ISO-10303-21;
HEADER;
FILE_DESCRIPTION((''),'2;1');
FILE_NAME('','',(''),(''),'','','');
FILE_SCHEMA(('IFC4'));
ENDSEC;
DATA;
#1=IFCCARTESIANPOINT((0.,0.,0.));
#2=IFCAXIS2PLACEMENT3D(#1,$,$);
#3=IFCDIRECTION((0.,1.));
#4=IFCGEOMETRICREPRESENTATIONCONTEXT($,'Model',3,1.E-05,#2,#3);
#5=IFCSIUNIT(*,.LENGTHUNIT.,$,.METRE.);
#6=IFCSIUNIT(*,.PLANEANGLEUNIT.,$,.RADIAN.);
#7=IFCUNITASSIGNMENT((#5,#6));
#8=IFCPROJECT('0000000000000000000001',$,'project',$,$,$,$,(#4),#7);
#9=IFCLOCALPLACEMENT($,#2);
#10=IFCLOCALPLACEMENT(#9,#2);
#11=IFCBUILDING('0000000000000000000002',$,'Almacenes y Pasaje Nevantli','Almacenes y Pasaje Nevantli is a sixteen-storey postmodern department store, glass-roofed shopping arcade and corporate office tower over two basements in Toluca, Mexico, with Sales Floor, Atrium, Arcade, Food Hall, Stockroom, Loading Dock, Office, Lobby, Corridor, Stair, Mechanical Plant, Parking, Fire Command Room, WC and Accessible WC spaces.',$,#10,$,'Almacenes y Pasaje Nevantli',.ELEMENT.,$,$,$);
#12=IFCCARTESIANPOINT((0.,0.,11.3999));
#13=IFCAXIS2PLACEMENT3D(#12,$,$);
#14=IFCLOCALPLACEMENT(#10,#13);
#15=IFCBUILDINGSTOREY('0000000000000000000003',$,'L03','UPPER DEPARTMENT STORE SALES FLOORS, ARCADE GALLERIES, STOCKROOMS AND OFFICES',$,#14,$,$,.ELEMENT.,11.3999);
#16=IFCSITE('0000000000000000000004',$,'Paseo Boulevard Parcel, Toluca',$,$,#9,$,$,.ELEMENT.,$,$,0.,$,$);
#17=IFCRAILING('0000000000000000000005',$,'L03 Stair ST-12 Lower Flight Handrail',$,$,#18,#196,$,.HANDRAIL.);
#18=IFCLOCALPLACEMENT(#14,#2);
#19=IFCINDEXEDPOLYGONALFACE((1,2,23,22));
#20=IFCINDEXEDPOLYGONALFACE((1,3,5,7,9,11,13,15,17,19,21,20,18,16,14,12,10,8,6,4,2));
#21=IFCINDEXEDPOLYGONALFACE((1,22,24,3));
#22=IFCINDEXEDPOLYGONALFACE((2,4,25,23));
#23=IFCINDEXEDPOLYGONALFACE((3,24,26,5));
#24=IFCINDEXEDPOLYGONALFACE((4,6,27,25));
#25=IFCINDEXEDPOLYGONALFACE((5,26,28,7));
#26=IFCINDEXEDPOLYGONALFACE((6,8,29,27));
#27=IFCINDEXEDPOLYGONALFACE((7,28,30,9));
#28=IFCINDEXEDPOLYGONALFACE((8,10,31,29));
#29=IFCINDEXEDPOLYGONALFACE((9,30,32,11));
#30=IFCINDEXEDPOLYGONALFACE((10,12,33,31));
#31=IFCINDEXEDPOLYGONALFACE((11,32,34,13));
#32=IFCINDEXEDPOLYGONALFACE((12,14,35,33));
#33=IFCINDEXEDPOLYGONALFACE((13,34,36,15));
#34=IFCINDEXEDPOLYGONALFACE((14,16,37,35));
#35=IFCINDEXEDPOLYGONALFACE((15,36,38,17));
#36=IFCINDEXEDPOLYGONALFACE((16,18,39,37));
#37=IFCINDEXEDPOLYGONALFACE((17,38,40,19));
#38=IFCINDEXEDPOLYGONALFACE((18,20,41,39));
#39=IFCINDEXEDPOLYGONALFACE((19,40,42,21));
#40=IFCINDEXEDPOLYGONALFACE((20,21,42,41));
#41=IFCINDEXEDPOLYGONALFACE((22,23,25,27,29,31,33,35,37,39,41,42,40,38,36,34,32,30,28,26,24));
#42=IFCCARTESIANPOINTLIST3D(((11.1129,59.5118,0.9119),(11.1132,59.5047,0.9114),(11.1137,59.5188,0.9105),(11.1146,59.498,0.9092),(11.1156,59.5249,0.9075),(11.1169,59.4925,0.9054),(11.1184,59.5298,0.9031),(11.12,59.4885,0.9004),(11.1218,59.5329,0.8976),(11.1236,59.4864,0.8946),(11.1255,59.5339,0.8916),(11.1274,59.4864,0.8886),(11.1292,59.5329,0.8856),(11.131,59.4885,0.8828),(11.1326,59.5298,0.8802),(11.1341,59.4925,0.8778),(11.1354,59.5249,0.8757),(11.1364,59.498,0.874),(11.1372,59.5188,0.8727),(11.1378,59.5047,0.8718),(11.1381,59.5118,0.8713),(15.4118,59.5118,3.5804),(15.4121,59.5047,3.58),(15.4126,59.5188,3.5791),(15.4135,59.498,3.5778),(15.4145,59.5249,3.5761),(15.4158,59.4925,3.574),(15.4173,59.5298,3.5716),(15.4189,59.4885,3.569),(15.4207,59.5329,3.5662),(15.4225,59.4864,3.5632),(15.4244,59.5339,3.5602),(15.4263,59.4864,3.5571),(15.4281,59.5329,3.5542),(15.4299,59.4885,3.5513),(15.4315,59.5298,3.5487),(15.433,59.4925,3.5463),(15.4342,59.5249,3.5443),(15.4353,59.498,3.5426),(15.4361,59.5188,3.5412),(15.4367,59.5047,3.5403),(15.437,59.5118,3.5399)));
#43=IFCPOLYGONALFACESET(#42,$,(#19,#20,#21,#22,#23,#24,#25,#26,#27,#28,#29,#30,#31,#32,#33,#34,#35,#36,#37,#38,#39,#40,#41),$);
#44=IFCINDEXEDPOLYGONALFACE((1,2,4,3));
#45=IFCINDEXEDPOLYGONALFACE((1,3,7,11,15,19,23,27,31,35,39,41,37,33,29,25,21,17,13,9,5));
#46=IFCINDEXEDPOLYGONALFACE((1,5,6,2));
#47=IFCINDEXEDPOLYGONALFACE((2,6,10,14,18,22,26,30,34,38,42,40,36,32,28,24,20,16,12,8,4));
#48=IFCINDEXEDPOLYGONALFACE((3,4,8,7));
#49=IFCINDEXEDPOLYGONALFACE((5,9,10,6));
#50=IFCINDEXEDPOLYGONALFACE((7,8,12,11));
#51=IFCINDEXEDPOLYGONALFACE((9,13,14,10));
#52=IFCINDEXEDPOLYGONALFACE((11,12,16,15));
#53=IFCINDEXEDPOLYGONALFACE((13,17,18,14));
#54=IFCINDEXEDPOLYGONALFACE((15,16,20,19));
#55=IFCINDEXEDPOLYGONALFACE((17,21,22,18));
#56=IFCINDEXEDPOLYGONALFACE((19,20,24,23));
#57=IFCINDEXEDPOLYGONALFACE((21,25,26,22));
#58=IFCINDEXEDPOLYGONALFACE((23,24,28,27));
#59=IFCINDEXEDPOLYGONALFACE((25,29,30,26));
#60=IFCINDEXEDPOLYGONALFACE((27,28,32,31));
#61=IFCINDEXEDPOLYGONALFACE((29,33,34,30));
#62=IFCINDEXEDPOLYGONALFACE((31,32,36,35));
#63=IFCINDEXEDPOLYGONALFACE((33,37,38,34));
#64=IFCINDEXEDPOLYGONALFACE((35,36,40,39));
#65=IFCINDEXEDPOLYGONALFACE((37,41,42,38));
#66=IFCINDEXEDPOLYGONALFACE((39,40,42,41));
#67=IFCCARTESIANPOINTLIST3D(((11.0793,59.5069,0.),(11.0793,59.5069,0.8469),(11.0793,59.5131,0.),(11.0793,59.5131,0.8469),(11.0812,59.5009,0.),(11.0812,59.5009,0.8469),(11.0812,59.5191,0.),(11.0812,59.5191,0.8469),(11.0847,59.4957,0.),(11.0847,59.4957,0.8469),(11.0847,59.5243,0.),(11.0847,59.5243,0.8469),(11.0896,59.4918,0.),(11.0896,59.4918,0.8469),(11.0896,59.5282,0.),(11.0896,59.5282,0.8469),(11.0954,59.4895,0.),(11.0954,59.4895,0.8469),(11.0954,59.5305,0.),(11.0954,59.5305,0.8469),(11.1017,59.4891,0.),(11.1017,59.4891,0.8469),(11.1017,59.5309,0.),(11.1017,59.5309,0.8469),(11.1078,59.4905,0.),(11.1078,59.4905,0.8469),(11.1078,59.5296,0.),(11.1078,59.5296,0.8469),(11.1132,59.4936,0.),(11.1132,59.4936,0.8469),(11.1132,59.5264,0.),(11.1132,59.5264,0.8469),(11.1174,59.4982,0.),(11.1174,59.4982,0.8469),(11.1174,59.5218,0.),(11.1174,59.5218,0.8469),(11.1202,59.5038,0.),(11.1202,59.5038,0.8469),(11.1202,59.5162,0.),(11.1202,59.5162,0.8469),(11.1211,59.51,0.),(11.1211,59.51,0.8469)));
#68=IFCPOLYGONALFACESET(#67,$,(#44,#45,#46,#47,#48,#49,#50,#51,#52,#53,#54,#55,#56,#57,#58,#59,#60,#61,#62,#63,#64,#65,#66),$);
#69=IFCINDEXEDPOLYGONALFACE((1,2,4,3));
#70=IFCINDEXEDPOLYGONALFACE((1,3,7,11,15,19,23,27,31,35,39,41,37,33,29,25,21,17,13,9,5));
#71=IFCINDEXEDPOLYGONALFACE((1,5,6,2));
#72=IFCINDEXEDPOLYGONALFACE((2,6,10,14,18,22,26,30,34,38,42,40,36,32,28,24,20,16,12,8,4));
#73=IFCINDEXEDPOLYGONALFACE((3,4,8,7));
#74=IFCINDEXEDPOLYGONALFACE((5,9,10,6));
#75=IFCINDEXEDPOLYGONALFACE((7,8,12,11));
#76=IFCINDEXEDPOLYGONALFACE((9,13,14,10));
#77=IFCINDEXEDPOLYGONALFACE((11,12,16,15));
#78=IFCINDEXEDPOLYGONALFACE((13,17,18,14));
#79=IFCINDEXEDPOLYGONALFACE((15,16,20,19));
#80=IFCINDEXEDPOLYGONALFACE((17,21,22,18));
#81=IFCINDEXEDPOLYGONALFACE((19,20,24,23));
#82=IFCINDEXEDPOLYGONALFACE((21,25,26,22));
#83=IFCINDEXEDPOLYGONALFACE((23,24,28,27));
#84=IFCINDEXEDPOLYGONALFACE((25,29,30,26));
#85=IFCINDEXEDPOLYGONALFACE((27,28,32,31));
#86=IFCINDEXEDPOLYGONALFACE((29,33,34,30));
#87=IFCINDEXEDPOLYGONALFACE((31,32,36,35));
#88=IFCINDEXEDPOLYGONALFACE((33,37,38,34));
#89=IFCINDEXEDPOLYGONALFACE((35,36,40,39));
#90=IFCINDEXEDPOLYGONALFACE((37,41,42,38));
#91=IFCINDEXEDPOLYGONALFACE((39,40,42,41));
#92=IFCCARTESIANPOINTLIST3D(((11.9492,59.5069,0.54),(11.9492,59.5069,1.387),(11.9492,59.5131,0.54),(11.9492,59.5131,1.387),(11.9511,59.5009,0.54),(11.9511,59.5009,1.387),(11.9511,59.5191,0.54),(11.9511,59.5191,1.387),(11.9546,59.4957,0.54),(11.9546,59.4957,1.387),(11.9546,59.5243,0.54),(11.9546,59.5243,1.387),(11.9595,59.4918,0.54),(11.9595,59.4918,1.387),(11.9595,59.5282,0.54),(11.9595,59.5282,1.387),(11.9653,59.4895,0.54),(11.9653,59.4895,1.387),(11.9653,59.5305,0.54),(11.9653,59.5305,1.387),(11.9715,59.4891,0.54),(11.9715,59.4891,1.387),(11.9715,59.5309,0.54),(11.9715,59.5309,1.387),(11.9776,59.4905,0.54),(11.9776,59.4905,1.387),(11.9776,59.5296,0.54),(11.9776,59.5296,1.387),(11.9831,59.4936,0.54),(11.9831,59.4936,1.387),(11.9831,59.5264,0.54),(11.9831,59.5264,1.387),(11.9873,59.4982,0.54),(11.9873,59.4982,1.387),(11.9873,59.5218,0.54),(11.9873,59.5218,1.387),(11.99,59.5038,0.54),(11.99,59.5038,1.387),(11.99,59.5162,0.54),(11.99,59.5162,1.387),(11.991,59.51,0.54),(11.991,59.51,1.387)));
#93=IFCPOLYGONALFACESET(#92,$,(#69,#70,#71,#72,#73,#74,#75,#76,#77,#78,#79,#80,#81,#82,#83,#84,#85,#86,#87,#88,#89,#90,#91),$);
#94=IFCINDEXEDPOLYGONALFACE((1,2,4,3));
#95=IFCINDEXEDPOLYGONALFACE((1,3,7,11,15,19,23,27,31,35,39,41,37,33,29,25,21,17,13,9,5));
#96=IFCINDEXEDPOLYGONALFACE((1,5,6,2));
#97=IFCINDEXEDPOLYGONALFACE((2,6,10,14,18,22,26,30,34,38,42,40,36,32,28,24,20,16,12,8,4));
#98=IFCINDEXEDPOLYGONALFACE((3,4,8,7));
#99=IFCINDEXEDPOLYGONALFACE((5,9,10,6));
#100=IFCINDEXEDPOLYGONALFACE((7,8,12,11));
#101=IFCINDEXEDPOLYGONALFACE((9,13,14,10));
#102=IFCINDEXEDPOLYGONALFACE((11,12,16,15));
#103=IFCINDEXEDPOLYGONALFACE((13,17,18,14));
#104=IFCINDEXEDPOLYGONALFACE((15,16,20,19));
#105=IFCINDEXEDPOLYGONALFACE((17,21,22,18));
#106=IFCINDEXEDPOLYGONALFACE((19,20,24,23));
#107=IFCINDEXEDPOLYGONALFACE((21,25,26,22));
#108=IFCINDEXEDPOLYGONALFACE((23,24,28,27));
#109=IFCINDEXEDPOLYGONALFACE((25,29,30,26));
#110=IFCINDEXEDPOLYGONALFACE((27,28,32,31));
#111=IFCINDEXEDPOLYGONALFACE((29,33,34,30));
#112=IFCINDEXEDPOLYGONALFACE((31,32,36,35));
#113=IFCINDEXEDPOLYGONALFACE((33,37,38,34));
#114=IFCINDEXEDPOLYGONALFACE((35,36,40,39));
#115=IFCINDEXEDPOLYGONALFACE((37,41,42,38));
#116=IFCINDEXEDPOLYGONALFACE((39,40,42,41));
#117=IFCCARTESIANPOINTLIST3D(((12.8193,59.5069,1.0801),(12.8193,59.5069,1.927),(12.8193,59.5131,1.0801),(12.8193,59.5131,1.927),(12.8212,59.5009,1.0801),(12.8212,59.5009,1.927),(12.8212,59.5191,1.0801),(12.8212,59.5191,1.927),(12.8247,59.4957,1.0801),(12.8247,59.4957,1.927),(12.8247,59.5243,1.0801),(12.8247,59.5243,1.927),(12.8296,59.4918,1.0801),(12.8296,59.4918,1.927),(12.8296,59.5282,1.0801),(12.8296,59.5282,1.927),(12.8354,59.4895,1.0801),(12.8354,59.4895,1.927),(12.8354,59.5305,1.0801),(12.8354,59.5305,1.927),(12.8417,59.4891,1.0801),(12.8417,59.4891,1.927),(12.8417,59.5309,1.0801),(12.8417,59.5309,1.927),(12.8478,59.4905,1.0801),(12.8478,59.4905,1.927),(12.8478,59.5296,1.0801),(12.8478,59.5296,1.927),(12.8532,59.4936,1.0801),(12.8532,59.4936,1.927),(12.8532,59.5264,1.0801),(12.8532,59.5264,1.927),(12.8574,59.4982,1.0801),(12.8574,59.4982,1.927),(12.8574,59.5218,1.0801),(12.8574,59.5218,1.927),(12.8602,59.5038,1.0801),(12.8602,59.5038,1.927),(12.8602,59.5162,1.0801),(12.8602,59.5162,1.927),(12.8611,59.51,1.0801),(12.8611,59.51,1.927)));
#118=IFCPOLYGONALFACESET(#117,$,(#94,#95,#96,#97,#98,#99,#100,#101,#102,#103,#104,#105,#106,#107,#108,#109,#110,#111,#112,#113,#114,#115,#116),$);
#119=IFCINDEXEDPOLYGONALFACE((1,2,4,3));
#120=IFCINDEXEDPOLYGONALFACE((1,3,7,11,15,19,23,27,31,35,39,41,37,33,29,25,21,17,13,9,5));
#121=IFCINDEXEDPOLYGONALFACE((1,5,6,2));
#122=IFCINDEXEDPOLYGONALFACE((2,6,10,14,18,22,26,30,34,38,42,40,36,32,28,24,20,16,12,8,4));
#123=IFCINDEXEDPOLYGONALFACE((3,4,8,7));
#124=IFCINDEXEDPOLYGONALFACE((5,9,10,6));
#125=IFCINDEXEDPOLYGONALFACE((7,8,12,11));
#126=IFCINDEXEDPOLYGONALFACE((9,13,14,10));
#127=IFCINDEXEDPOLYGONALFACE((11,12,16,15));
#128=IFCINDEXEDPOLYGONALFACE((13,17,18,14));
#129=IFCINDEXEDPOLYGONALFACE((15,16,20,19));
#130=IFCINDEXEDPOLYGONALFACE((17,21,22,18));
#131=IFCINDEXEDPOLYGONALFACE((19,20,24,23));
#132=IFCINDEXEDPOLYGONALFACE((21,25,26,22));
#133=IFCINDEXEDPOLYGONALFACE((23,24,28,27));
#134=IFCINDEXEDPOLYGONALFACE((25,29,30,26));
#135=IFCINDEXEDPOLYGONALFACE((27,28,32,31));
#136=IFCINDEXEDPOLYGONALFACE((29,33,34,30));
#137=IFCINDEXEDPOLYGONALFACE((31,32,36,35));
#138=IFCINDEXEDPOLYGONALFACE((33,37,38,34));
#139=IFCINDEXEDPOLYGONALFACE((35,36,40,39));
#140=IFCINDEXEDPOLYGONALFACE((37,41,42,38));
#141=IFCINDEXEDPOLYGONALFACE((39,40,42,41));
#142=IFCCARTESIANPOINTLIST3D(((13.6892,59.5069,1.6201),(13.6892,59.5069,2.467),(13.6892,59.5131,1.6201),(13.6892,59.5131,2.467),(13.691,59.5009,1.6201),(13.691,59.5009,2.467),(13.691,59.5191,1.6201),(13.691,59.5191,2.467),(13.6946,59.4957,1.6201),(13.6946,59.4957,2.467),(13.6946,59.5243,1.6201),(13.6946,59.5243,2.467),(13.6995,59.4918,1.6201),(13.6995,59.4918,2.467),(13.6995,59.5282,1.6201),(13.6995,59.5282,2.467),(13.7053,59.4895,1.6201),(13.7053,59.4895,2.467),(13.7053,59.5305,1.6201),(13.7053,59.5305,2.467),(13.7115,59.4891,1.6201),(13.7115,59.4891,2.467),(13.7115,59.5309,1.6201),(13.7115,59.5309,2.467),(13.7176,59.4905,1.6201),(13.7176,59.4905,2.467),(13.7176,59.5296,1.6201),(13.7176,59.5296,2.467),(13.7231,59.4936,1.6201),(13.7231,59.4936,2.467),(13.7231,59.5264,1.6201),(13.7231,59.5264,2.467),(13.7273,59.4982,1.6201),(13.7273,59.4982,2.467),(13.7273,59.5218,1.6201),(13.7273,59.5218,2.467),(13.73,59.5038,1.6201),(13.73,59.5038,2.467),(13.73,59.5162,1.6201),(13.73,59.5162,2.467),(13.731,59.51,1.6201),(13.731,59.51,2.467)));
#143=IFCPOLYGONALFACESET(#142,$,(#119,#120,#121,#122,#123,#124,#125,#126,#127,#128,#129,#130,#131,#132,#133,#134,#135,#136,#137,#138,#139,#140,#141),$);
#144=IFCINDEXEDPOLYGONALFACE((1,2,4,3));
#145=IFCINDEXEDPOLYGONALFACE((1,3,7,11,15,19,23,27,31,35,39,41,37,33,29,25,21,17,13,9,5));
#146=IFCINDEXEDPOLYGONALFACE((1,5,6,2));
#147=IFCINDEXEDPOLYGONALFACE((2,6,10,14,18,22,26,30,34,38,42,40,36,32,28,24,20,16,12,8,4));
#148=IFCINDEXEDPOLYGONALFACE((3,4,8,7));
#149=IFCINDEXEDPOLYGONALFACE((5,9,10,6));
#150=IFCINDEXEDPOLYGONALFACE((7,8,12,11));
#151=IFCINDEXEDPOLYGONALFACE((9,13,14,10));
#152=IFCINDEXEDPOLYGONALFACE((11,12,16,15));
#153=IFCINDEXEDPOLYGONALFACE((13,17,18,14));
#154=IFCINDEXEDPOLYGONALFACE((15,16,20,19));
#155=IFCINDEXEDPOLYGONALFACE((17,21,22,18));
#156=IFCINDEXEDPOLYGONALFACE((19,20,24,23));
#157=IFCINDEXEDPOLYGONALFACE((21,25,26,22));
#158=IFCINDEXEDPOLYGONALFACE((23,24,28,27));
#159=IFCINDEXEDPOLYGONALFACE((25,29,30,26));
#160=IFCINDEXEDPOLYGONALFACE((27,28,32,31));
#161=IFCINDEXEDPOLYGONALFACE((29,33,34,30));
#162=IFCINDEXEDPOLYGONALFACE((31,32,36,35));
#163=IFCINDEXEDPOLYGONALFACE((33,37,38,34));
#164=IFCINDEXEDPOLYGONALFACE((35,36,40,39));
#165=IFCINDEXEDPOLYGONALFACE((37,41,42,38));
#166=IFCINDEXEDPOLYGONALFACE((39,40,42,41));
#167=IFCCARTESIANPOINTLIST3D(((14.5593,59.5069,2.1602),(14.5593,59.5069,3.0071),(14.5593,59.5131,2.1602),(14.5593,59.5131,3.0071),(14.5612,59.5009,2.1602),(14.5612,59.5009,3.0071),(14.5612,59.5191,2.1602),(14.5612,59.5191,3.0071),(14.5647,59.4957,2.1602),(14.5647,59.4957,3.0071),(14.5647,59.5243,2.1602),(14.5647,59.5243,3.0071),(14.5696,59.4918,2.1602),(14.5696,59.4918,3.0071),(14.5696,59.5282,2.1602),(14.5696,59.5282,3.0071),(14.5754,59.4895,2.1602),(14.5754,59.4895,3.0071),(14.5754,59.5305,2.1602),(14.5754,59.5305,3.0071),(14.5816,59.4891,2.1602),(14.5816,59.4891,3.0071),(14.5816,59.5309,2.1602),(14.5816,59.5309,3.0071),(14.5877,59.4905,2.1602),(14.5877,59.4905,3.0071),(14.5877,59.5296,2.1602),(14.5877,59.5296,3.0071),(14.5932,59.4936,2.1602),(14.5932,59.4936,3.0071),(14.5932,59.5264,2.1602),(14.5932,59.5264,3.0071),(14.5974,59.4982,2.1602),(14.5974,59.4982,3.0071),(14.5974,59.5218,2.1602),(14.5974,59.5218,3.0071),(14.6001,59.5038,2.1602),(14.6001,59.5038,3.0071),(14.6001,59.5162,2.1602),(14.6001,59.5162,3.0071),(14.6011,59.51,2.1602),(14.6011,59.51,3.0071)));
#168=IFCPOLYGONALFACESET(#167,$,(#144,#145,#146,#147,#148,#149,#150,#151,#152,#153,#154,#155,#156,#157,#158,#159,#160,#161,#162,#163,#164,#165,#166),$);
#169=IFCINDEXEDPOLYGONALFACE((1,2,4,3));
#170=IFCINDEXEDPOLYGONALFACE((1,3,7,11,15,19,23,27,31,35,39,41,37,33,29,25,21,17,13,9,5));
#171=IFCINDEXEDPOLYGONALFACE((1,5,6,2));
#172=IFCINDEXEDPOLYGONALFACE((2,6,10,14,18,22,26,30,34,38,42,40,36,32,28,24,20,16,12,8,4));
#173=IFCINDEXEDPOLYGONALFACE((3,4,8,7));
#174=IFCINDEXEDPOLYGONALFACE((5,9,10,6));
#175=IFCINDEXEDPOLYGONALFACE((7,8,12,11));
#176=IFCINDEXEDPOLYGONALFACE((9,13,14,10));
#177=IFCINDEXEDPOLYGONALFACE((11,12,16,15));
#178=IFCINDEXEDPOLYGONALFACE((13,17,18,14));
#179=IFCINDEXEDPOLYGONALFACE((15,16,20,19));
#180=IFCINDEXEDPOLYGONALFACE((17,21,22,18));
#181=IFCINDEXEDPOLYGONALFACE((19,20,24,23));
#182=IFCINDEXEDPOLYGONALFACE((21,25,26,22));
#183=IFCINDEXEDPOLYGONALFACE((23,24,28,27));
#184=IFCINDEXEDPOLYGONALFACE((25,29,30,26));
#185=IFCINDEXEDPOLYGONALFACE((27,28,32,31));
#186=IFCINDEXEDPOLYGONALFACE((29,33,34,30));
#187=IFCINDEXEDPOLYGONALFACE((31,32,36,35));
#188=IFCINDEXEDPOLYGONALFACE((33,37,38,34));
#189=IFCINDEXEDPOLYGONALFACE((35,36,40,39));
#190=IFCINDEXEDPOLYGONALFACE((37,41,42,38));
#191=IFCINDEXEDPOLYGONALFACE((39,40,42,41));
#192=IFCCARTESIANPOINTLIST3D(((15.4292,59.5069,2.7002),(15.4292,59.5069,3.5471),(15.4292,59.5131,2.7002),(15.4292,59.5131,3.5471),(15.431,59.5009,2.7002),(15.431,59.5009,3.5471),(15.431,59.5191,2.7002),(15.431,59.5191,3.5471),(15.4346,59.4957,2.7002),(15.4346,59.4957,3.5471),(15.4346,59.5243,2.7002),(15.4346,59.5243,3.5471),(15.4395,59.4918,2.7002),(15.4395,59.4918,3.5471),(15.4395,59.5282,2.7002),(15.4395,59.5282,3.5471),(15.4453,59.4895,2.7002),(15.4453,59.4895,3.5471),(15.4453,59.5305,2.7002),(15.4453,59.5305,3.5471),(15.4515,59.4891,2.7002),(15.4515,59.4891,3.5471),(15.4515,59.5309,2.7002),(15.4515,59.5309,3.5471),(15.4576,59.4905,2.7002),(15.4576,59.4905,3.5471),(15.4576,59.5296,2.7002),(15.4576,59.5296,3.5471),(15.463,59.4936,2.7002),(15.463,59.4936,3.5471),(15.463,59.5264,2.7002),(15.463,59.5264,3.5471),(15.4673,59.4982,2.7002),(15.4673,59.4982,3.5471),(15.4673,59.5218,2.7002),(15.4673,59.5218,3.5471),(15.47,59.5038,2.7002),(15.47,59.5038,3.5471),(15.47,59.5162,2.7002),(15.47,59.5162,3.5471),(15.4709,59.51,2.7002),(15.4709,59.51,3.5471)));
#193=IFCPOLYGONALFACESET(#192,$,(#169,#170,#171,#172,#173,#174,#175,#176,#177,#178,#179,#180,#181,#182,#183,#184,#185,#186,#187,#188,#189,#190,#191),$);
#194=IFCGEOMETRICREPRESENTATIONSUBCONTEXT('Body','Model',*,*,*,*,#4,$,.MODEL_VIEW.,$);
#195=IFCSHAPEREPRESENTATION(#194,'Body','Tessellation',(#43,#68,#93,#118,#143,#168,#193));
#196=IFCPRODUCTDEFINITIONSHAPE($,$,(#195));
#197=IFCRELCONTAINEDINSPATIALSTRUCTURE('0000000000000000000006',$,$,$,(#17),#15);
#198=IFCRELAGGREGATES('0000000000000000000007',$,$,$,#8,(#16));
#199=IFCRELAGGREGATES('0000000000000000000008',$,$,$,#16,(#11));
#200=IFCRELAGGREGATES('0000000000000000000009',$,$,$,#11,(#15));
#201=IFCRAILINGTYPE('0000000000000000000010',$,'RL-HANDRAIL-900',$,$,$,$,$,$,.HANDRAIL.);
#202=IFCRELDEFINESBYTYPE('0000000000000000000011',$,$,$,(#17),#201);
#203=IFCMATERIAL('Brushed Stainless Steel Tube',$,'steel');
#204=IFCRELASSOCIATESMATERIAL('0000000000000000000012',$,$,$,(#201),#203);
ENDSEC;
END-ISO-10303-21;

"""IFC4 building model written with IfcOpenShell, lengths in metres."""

from ifc_helpers import new_model, si_unit, direction, frame, origin, origin_2d, place, context, subcontext, project, spatial, circle, extrude, material, type_object, element, save


model = new_model("IFC4")

# Units and contexts
model_context = context("Model", 3, precision=1e-05, world=origin(), true_north=direction((0.0, 1.0)))
body_context = subcontext(model_context, "Body", "Model", "MODEL_VIEW")
ifc_project = project(units=[si_unit("LENGTHUNIT", "METRE"), si_unit("PLANEANGLEUNIT", "RADIAN")], contexts=[model_context])

# Site, building, storey
site_placement = place(None, origin())
site = spatial("IfcSite", under=ifc_project, at=site_placement, Name="Paseo Boulevard Parcel, Toluca", CompositionType="ELEMENT", RefElevation=0.0)
building_placement = place(site_placement, origin())
building = spatial("IfcBuilding", under=site, at=building_placement, Name="Almacenes y Pasaje Nevantli", Description="Almacenes y Pasaje Nevantli is a sixteen-storey postmodern department store, glass-roofed shopping arcade and corporate office tower over two basements in Toluca, Mexico, with Sales Floor, Atrium, Arcade, Food Hall, Stockroom, Loading Dock, Office, Lobby, Corridor, Stair, Mechanical Plant, Parking, Fire Command Room, WC and Accessible WC spaces.", LongName="Almacenes y Pasaje Nevantli", CompositionType="ELEMENT")
storey_placement = place(building_placement, frame((0.0, 0.0, 11.3999)))
storey = spatial("IfcBuildingStorey", under=building, at=storey_placement, Name="L03", Description="UPPER DEPARTMENT STORE SALES FLOORS, ARCADE GALLERIES, STOCKROOMS AND OFFICES", CompositionType="ELEMENT", Elevation=11.3999)

# Railing
ifc_material_1 = material(Name="Brushed Stainless Steel Tube", Category="steel")
railing_type_1 = type_object("IfcRailingType", Name="RL-HANDRAIL-900", PredefinedType="HANDRAIL", material=ifc_material_1)
railing_1_placement = place(storey_placement, frame((11.1001, 59.51, 0.0)))
element("IfcRailing", 1, at=railing_1_placement, inside=storey, type_object=railing_type_1, Name="L03 Stair ST-12 Lower Flight Handrail", PredefinedType="HANDRAIL", context=body_context, shape_type="SweptSolid", body=[
    extrude(circle(Radius=0.0239, at=origin_2d()), frame((0.0254, 0.0, 0.8916), z_axis=(0.849615, 0.0, 0.527403), x_axis=(0.0, 1.0, 0.0)), (0.0, 0.0, 1.0), 5.0598),
    extrude(circle(Radius=0.021, at=origin_2d()), origin(), (0.0, 0.0, 1.0), 0.8469),
    extrude(circle(Radius=0.021, at=origin_2d()), frame((0.8699, 0.0, 0.54)), (0.0, 0.0, 1.0), 0.8469),
    extrude(circle(Radius=0.021, at=origin_2d()), frame((1.74, 0.0, 1.0801)), (0.0, 0.0, 1.0), 0.8469),
    extrude(circle(Radius=0.021, at=origin_2d()), frame((2.6099, 0.0, 1.6201)), (0.0, 0.0, 1.0), 0.8469),
    extrude(circle(Radius=0.021, at=origin_2d()), frame((3.48, 0.0, 2.1602)), (0.0, 0.0, 1.0), 0.8469),
    extrude(circle(Radius=0.021, at=origin_2d()), frame((4.3499, 0.0, 2.7002)), (0.0, 0.0, 1.0), 0.8469),
])

save(model, "model.ifc")
